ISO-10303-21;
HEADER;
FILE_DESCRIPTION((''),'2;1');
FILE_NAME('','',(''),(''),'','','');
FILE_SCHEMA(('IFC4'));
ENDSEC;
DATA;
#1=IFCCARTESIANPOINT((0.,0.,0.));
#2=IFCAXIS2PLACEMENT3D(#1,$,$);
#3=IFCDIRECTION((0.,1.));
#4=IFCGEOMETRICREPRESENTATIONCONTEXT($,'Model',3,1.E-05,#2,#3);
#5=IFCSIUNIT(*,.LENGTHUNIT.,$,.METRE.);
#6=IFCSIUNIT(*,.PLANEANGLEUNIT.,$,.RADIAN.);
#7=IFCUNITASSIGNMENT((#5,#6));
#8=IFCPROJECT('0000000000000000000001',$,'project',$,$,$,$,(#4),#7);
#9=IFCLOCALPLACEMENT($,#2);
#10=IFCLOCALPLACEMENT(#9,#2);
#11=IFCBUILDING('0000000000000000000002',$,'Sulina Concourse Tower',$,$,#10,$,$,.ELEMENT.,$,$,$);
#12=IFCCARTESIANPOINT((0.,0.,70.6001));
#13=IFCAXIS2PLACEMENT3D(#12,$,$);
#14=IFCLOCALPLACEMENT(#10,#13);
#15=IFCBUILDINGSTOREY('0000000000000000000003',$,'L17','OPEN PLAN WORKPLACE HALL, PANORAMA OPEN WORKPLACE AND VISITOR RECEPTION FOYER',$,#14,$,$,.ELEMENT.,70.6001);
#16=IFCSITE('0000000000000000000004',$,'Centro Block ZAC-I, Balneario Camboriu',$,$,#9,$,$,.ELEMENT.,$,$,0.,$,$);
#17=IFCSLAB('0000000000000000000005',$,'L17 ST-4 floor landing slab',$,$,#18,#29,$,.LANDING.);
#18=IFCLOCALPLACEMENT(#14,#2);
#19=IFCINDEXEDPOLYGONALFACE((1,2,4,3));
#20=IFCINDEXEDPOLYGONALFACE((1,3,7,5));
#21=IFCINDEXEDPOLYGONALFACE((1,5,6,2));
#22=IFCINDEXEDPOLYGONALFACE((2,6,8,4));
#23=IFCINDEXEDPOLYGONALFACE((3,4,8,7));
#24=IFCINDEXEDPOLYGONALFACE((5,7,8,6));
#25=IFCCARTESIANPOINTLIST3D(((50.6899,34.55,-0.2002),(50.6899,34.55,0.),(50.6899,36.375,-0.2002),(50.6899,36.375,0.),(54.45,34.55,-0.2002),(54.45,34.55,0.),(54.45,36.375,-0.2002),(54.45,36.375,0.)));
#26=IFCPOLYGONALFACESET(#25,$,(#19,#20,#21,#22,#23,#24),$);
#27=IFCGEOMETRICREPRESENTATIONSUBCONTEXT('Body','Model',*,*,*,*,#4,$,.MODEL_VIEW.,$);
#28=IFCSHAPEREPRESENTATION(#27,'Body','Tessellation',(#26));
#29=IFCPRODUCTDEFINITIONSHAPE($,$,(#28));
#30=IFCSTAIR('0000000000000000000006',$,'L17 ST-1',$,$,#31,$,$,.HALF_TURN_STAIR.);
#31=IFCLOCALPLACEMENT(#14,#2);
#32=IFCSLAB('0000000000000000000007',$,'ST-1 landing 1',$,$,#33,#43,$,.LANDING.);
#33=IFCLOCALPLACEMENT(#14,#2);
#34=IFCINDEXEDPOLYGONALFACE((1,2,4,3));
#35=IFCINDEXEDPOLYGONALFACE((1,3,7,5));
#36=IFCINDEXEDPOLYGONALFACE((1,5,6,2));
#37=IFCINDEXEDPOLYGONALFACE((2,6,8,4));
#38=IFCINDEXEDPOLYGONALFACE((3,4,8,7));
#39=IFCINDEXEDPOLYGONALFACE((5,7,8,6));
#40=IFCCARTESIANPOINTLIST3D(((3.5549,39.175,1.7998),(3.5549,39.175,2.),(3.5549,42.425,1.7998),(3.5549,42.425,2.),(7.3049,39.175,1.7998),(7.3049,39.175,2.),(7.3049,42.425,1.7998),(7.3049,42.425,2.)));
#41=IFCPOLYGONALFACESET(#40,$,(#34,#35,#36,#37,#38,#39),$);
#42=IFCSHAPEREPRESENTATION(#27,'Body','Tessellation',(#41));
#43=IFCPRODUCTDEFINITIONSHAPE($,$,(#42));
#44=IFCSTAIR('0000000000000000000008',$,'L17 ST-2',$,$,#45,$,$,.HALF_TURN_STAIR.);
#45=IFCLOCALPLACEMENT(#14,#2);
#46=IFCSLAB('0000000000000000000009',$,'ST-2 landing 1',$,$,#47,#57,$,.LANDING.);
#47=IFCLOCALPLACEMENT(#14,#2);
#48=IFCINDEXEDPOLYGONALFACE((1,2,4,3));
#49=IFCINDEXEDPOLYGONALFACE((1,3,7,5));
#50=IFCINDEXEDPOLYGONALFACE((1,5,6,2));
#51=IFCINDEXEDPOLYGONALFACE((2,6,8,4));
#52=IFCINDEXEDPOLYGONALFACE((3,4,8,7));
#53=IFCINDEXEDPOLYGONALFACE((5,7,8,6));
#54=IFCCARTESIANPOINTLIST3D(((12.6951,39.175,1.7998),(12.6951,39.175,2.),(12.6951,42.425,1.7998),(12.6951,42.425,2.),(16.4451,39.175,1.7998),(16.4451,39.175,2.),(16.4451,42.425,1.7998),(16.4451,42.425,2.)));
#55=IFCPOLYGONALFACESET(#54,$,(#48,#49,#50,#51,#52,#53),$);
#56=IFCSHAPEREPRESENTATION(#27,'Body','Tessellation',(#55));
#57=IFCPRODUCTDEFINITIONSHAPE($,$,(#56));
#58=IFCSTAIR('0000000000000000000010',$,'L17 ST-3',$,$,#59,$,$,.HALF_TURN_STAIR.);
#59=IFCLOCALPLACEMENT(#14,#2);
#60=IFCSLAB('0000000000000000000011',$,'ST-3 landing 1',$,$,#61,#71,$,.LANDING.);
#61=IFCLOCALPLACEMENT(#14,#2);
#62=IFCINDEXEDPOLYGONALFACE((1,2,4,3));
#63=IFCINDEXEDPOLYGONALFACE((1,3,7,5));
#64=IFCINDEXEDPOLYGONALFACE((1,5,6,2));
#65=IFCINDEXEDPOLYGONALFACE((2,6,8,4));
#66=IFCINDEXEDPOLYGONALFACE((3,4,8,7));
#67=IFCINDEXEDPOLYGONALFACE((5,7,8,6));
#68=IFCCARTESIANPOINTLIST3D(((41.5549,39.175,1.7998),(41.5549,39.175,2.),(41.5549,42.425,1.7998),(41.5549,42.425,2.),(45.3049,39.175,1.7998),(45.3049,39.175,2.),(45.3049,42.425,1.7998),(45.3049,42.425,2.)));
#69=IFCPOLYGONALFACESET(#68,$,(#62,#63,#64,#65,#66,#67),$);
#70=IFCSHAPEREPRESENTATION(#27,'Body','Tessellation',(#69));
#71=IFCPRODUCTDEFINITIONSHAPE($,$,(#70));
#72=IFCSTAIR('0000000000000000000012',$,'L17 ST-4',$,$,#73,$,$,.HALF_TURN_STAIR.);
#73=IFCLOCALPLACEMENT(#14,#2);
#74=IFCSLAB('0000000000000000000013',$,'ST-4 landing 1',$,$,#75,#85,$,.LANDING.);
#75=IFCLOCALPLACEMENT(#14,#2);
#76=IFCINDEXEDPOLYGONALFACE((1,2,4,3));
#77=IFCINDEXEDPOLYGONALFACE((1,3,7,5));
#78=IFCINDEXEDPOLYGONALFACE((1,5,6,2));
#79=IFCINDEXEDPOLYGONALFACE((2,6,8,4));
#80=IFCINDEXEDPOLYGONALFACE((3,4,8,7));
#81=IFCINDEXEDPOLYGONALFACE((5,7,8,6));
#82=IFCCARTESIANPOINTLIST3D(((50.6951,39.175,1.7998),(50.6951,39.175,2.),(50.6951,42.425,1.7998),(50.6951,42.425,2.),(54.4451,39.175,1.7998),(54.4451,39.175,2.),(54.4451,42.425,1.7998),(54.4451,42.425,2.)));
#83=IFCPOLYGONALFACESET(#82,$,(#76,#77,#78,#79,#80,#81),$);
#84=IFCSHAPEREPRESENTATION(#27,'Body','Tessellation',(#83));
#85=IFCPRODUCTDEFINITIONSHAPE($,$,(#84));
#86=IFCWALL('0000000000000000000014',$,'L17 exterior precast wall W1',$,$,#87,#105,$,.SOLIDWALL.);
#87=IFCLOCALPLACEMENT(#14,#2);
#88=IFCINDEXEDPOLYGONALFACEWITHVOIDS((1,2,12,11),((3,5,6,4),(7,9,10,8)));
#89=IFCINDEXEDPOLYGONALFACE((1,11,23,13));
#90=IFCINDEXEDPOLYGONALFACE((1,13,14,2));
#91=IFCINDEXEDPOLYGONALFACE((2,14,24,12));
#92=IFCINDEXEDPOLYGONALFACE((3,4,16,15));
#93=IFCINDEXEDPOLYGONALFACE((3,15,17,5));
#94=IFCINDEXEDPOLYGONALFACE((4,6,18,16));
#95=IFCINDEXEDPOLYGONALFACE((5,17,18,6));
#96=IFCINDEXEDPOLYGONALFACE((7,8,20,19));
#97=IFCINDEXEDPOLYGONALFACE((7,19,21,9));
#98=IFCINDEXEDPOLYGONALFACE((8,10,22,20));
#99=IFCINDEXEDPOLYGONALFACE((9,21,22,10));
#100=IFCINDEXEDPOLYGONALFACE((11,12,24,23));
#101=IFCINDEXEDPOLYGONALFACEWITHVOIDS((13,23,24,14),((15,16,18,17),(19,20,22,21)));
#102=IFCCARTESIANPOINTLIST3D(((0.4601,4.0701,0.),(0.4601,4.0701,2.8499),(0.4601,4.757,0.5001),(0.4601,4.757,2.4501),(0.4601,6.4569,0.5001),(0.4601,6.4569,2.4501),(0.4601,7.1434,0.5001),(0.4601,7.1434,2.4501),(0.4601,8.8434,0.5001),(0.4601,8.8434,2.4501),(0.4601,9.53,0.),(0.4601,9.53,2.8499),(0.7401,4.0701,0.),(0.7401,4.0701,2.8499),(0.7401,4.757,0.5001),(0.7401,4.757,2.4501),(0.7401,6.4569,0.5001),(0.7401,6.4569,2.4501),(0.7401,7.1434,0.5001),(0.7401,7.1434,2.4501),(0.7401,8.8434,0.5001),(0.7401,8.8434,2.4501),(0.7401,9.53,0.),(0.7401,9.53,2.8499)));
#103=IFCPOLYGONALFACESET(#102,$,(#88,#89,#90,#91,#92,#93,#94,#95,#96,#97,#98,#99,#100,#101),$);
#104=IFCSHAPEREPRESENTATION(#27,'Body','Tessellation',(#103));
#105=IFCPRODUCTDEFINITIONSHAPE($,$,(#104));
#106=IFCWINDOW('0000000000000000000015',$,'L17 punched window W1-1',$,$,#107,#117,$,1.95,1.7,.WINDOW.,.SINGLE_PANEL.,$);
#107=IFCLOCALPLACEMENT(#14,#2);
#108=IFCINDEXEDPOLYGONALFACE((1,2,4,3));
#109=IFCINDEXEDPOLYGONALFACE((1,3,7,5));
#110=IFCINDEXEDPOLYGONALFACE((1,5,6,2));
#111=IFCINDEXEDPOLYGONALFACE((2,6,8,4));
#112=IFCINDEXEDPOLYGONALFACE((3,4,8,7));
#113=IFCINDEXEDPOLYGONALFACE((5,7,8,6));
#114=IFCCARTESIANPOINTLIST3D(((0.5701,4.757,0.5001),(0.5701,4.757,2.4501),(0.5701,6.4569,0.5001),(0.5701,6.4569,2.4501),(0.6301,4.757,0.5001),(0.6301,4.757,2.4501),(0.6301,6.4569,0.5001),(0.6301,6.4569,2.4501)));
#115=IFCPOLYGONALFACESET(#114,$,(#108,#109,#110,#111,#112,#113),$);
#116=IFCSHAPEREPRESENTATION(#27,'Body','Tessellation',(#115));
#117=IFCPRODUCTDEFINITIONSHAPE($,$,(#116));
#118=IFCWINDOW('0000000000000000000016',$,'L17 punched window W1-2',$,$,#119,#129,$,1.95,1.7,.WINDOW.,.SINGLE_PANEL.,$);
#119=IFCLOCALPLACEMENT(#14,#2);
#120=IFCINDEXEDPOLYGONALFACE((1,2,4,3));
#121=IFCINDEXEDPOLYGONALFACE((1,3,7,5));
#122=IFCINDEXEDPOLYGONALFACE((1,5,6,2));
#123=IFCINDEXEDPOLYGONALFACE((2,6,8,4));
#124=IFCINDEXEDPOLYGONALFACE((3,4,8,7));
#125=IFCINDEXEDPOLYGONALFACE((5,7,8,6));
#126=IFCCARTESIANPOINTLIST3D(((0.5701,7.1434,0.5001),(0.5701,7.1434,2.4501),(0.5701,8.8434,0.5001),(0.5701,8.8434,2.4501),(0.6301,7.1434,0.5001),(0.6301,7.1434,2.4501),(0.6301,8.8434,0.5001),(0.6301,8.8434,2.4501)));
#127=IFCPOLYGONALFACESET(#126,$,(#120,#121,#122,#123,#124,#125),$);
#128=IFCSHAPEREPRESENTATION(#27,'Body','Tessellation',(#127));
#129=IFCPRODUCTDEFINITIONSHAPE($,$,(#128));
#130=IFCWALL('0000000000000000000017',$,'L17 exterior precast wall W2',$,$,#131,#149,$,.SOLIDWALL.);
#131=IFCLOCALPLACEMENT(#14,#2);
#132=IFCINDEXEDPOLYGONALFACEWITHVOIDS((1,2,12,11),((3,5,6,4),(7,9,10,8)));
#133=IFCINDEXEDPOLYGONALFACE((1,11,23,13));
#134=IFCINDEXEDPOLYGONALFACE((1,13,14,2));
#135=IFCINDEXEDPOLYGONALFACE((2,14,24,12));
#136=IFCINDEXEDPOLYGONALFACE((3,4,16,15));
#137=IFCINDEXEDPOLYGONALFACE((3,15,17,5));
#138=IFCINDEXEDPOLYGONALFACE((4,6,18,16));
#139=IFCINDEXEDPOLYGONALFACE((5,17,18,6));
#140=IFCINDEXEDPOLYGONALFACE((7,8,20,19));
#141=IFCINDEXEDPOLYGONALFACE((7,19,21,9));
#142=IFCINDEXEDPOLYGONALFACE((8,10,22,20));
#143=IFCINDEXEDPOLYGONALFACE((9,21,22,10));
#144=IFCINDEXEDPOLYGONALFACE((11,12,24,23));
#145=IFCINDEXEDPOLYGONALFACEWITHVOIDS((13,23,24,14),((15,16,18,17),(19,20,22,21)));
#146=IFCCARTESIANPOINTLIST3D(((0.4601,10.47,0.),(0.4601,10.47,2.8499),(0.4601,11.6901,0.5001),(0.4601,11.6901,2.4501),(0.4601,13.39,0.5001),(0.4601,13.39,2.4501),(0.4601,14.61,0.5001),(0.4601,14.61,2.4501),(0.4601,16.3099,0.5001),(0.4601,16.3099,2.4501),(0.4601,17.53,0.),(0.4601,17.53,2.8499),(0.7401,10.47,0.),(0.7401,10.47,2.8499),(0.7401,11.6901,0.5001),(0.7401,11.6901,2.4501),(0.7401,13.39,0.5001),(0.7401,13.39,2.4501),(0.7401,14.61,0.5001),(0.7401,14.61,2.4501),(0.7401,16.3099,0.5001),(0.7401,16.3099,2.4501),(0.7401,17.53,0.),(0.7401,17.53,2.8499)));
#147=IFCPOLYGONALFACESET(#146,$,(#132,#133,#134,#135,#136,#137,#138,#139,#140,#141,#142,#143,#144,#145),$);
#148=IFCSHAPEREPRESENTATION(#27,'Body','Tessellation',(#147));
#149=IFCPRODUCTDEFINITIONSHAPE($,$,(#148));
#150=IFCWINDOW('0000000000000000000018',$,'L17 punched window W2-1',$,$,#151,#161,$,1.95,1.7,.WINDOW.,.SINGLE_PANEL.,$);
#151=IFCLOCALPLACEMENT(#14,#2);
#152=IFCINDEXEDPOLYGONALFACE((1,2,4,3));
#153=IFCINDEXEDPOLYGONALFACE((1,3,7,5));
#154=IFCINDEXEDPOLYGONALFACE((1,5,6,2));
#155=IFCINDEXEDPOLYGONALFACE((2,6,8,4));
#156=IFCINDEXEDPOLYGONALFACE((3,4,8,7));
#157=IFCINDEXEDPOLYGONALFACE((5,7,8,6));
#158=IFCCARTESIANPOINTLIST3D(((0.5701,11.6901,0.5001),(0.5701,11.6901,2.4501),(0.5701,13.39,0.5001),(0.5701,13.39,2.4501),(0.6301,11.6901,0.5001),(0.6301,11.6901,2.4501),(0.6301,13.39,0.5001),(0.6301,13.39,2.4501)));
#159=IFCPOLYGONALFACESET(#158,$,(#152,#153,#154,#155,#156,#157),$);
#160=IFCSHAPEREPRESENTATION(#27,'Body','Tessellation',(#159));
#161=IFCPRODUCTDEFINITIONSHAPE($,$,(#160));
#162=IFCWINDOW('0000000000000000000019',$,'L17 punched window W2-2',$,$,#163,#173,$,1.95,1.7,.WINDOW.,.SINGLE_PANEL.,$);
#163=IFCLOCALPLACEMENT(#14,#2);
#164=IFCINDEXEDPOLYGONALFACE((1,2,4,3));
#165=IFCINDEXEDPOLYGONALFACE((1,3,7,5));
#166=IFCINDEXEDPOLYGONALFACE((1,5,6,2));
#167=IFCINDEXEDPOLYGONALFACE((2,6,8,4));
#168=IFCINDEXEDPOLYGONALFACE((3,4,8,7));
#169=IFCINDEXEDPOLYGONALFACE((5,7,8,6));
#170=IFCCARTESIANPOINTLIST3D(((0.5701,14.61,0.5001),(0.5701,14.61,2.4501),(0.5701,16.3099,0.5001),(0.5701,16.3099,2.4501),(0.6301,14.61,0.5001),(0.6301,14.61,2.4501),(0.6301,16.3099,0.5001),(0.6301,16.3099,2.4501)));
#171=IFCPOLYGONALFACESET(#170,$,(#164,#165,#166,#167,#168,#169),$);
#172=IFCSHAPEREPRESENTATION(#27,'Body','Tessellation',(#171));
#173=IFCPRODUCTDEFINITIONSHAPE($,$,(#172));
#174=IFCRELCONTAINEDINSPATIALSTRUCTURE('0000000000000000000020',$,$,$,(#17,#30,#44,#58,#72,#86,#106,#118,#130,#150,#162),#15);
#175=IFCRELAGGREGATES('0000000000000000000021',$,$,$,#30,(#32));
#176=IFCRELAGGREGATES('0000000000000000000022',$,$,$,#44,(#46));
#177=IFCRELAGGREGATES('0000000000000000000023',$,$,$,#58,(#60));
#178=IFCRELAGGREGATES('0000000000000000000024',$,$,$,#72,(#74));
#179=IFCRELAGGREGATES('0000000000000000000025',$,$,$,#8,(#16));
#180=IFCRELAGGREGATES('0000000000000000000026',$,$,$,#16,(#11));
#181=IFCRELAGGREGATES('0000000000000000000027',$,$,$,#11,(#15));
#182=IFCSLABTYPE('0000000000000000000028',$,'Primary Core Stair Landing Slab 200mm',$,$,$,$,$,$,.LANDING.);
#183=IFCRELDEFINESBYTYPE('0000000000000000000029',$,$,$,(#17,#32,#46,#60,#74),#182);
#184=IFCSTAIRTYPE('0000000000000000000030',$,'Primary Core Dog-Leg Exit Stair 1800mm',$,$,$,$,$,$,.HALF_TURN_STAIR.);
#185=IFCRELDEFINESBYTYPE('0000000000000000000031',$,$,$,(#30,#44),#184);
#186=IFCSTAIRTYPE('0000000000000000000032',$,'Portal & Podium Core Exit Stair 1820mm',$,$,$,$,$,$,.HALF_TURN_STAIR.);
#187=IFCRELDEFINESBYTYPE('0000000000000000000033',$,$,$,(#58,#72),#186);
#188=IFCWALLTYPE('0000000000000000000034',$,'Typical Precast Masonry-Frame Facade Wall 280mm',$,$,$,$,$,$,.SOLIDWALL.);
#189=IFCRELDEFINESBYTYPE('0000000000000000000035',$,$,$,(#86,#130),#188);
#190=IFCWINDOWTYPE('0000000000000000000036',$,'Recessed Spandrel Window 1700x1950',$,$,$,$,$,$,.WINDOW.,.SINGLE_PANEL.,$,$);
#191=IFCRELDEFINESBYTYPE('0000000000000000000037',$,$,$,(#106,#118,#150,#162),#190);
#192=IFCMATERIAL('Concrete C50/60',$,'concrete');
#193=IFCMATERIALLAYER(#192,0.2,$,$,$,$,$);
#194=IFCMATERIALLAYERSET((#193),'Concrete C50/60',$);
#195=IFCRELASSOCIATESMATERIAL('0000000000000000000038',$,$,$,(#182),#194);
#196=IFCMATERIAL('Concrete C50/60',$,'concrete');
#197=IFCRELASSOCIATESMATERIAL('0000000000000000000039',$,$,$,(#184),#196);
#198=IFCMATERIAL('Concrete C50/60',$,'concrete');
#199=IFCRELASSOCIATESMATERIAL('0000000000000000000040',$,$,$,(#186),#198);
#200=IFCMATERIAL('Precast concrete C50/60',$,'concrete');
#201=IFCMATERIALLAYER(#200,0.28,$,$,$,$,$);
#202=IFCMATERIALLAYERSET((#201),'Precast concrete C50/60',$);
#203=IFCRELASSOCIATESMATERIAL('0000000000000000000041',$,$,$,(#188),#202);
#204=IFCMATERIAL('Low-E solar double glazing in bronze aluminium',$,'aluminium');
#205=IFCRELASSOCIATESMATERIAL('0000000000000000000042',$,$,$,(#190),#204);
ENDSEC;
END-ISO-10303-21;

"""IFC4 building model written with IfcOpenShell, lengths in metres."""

from ifc_helpers import new_model, si_unit, direction, frame, frame_2d, origin, place, context, subcontext, project, spatial, polyline, rectangle, outline, extrude, material, layer, layer_set, type_object, element, fill, aggregate, save


model = new_model("IFC4")

# Units and contexts
model_context = context("Model", 3, precision=1e-05, world=origin(), true_north=direction((0.0, 1.0)))
body_context = subcontext(model_context, "Body", "Model", "MODEL_VIEW")
ifc_project = project(units=[si_unit("LENGTHUNIT", "METRE"), si_unit("PLANEANGLEUNIT", "RADIAN")], contexts=[model_context])

# Site, building, storey
site_placement = place(None, origin())
site = spatial("IfcSite", under=ifc_project, at=site_placement, Name="Centro Block ZAC-I, Balneario Camboriu", CompositionType="ELEMENT", RefElevation=0.0)
building_placement = place(site_placement, origin())
building = spatial("IfcBuilding", under=site, at=building_placement, Name="Sulina Concourse Tower", CompositionType="ELEMENT")
storey_placement = place(building_placement, frame((0.0, 0.0, 70.6001)))
storey = spatial("IfcBuildingStorey", under=building, at=storey_placement, Name="L17", Description="OPEN PLAN WORKPLACE HALL, PANORAMA OPEN WORKPLACE AND VISITOR RECEPTION FOYER", CompositionType="ELEMENT", Elevation=70.6001)

# Slab
ifc_material_1 = material(Name="Concrete C50/60", Category="concrete")
ifc_layer_1 = layer(ifc_material_1, 0.2)
ifc_layer_set_1 = layer_set([ifc_layer_1], Name="Concrete C50/60")
slab_type_1 = type_object("IfcSlabType", Name="Primary Core Stair Landing Slab 200mm", PredefinedType="LANDING", material=ifc_layer_set_1)
slab_1_placement = place(storey_placement, frame((0.0, 0.0, -0.2002)))
element("IfcSlab", 1, at=slab_1_placement, inside=storey, type_object=slab_type_1, Name="L17 ST-4 floor landing slab", PredefinedType="LANDING", context=body_context, shape_type="SweptSolid", body=[
    extrude(outline(polyline([(54.45, 34.55), (54.45, 36.375), (50.6899, 36.375), (50.6899, 34.55), (54.45, 34.55)])), origin(), (0.0, 0.0, 1.0), 0.2002),
])

# Stairs, slabs
ifc_material_2 = material(Name="Concrete C50/60", Category="concrete")
stair_type_1 = type_object("IfcStairType", Name="Primary Core Dog-Leg Exit Stair 1800mm", PredefinedType="HALF_TURN_STAIR", material=ifc_material_2)
stair_1_placement = place(storey_placement, origin())
stair_1 = element("IfcStair", 2, at=stair_1_placement, inside=storey, type_object=stair_type_1, Name="L17 ST-1", PredefinedType="HALF_TURN_STAIR")
slab_2_placement = place(storey_placement, frame((0.0, 0.0, 1.7998)))
slab_2 = element("IfcSlab", 3, at=slab_2_placement, type_object=slab_type_1, Name="ST-1 landing 1", PredefinedType="LANDING", context=body_context, shape_type="SweptSolid", body=[
    extrude(outline(polyline([(7.3049, 39.175), (7.3049, 42.425), (3.5549, 42.425), (3.5549, 39.175), (7.3049, 39.175)])), origin(), (0.0, 0.0, 1.0), 0.2002),
])
aggregate(stair_1, [slab_2])
stair_2_placement = place(storey_placement, origin())
stair_2 = element("IfcStair", 4, at=stair_2_placement, inside=storey, type_object=stair_type_1, Name="L17 ST-2", PredefinedType="HALF_TURN_STAIR")
slab_3_placement = place(storey_placement, frame((0.0, 0.0, 1.7998)))
slab_3 = element("IfcSlab", 5, at=slab_3_placement, type_object=slab_type_1, Name="ST-2 landing 1", PredefinedType="LANDING", context=body_context, shape_type="SweptSolid", body=[
    extrude(outline(polyline([(16.4451, 39.175), (16.4451, 42.425), (12.6951, 42.425), (12.6951, 39.175), (16.4451, 39.175)])), origin(), (0.0, 0.0, 1.0), 0.2002),
])
aggregate(stair_2, [slab_3])
ifc_material_3 = material(Name="Concrete C50/60", Category="concrete")
stair_type_2 = type_object("IfcStairType", Name="Portal & Podium Core Exit Stair 1820mm", PredefinedType="HALF_TURN_STAIR", material=ifc_material_3)
stair_3_placement = place(storey_placement, origin())
stair_3 = element("IfcStair", 6, at=stair_3_placement, inside=storey, type_object=stair_type_2, Name="L17 ST-3", PredefinedType="HALF_TURN_STAIR")
slab_4_placement = place(storey_placement, frame((0.0, 0.0, 1.7998)))
slab_4 = element("IfcSlab", 7, at=slab_4_placement, type_object=slab_type_1, Name="ST-3 landing 1", PredefinedType="LANDING", context=body_context, shape_type="SweptSolid", body=[
    extrude(outline(polyline([(45.3049, 39.175), (45.3049, 42.425), (41.5549, 42.425), (41.5549, 39.175), (45.3049, 39.175)])), origin(), (0.0, 0.0, 1.0), 0.2002),
])
aggregate(stair_3, [slab_4])
stair_4_placement = place(storey_placement, origin())
stair_4 = element("IfcStair", 8, at=stair_4_placement, inside=storey, type_object=stair_type_2, Name="L17 ST-4", PredefinedType="HALF_TURN_STAIR")
slab_5_placement = place(storey_placement, frame((0.0, 0.0, 1.7998)))
slab_5 = element("IfcSlab", 9, at=slab_5_placement, type_object=slab_type_1, Name="ST-4 landing 1", PredefinedType="LANDING", context=body_context, shape_type="SweptSolid", body=[
    extrude(outline(polyline([(54.4451, 39.175), (54.4451, 42.425), (50.6951, 42.425), (50.6951, 39.175), (54.4451, 39.175)])), origin(), (0.0, 0.0, 1.0), 0.2002),
])
aggregate(stair_4, [slab_5])

# Walls, openings, windows
ifc_material_4 = material(Name="Precast concrete C50/60", Category="concrete")
ifc_layer_2 = layer(ifc_material_4, 0.28)
ifc_layer_set_2 = layer_set([ifc_layer_2], Name="Precast concrete C50/60")
wall_type = type_object("IfcWallType", Name="Typical Precast Masonry-Frame Facade Wall 280mm", PredefinedType="SOLIDWALL", material=ifc_layer_set_2)
wall_1_placement = place(storey_placement, frame((0.6001, 4.0701, 0.0), z_axis=(0.0, 0.0, 1.0), x_axis=(0.0, 1.0, 0.0)))
wall_1 = element("IfcWall", 10, at=wall_1_placement, inside=storey, type_object=wall_type, Name="L17 exterior precast wall W1", PredefinedType="SOLIDWALL", context=body_context, shape_type="SweptSolid", body=[
    extrude(rectangle(XDim=5.46, YDim=0.28, at=frame_2d((2.73, 0.0))), origin(), (0.0, 0.0, 1.0), 2.8499),
])
opening_1_placement = place(wall_1_placement, frame((0.6868, 0.0, 0.5)))
opening_1 = element("IfcOpeningElement", 11, at=opening_1_placement, cuts=wall_1, PredefinedType="OPENING", context=body_context, shape_type="SweptSolid", body=[
    extrude(rectangle(XDim=1.7, YDim=1.95, at=frame_2d((0.8501, 0.9751))), frame((0.0, 0.1499, 0.0), z_axis=(0.0, -1.0, 0.0), x_axis=(1.0, 0.0, 0.0)), (0.0, 0.0, 1.0), 0.3),
])
opening_2_placement = place(wall_1_placement, frame((3.0732, 0.0, 0.5)))
opening_2 = element("IfcOpeningElement", 12, at=opening_2_placement, cuts=wall_1, PredefinedType="OPENING", context=body_context, shape_type="SweptSolid", body=[
    extrude(rectangle(XDim=1.7, YDim=1.95, at=frame_2d((0.8501, 0.9751))), frame((0.0, 0.1499, 0.0), z_axis=(0.0, -1.0, 0.0), x_axis=(1.0, 0.0, 0.0)), (0.0, 0.0, 1.0), 0.3),
])
ifc_material_5 = material(Name="Low-E solar double glazing in bronze aluminium", Category="aluminium")
window_type = type_object("IfcWindowType", Name="Recessed Spandrel Window 1700x1950", PartitioningType="SINGLE_PANEL", PredefinedType="WINDOW", material=ifc_material_5)
window_1_placement = place(opening_1_placement, origin())
window_1 = element("IfcWindow", 13, at=window_1_placement, inside=storey, type_object=window_type, Name="L17 punched window W1-1", OverallHeight=1.95, OverallWidth=1.7, PartitioningType="SINGLE_PANEL", PredefinedType="WINDOW", context=body_context, shape_type="SweptSolid", body=[
    extrude(rectangle(XDim=1.7, YDim=1.95, at=frame_2d((0.8501, 0.9751))), frame((0.0, 0.03, 0.0), z_axis=(0.0, -1.0, 0.0), x_axis=(1.0, 0.0, 0.0)), (0.0, 0.0, 1.0), 0.0601),
])
fill(opening_1, window_1)
window_2_placement = place(opening_2_placement, origin())
window_2 = element("IfcWindow", 14, at=window_2_placement, inside=storey, type_object=window_type, Name="L17 punched window W1-2", OverallHeight=1.95, OverallWidth=1.7, PartitioningType="SINGLE_PANEL", PredefinedType="WINDOW", context=body_context, shape_type="SweptSolid", body=[
    extrude(rectangle(XDim=1.7, YDim=1.95, at=frame_2d((0.8501, 0.9751))), frame((0.0, 0.03, 0.0), z_axis=(0.0, -1.0, 0.0), x_axis=(1.0, 0.0, 0.0)), (0.0, 0.0, 1.0), 0.0601),
])
fill(opening_2, window_2)
wall_2_placement = place(storey_placement, frame((0.6001, 10.47, 0.0), z_axis=(0.0, 0.0, 1.0), x_axis=(0.0, 1.0, 0.0)))
wall_2 = element("IfcWall", 15, at=wall_2_placement, inside=storey, type_object=wall_type, Name="L17 exterior precast wall W2", PredefinedType="SOLIDWALL", context=body_context, shape_type="SweptSolid", body=[
    extrude(rectangle(XDim=7.0601, YDim=0.28, at=frame_2d((3.53, 0.0))), origin(), (0.0, 0.0, 1.0), 2.8499),
])
opening_3_placement = place(wall_2_placement, frame((1.22, 0.0, 0.5)))
opening_3 = element("IfcOpeningElement", 16, at=opening_3_placement, cuts=wall_2, PredefinedType="OPENING", context=body_context, shape_type="SweptSolid", body=[
    extrude(rectangle(XDim=1.7, YDim=1.95, at=frame_2d((0.8501, 0.9751))), frame((0.0, 0.1499, 0.0), z_axis=(0.0, -1.0, 0.0), x_axis=(1.0, 0.0, 0.0)), (0.0, 0.0, 1.0), 0.3),
])
opening_4_placement = place(wall_2_placement, frame((4.1399, 0.0, 0.5)))
opening_4 = element("IfcOpeningElement", 17, at=opening_4_placement, cuts=wall_2, PredefinedType="OPENING", context=body_context, shape_type="SweptSolid", body=[
    extrude(rectangle(XDim=1.7, YDim=1.95, at=frame_2d((0.8501, 0.9751))), frame((0.0, 0.1499, 0.0), z_axis=(0.0, -1.0, 0.0), x_axis=(1.0, 0.0, 0.0)), (0.0, 0.0, 1.0), 0.3),
])
window_3_placement = place(opening_3_placement, origin())
window_3 = element("IfcWindow", 18, at=window_3_placement, inside=storey, type_object=window_type, Name="L17 punched window W2-1", OverallHeight=1.95, OverallWidth=1.7, PartitioningType="SINGLE_PANEL", PredefinedType="WINDOW", context=body_context, shape_type="SweptSolid", body=[
    extrude(rectangle(XDim=1.7, YDim=1.95, at=frame_2d((0.8501, 0.9751))), frame((0.0, 0.03, 0.0), z_axis=(0.0, -1.0, 0.0), x_axis=(1.0, 0.0, 0.0)), (0.0, 0.0, 1.0), 0.0601),
])
fill(opening_3, window_3)
window_4_placement = place(opening_4_placement, origin())
window_4 = element("IfcWindow", 19, at=window_4_placement, inside=storey, type_object=window_type, Name="L17 punched window W2-2", OverallHeight=1.95, OverallWidth=1.7, PartitioningType="SINGLE_PANEL", PredefinedType="WINDOW", context=body_context, shape_type="SweptSolid", body=[
    extrude(rectangle(XDim=1.7, YDim=1.95, at=frame_2d((0.8501, 0.9751))), frame((0.0, 0.03, 0.0), z_axis=(0.0, -1.0, 0.0), x_axis=(1.0, 0.0, 0.0)), (0.0, 0.0, 1.0), 0.0601),
])
fill(opening_4, window_4)

save(model, "model.ifc")
